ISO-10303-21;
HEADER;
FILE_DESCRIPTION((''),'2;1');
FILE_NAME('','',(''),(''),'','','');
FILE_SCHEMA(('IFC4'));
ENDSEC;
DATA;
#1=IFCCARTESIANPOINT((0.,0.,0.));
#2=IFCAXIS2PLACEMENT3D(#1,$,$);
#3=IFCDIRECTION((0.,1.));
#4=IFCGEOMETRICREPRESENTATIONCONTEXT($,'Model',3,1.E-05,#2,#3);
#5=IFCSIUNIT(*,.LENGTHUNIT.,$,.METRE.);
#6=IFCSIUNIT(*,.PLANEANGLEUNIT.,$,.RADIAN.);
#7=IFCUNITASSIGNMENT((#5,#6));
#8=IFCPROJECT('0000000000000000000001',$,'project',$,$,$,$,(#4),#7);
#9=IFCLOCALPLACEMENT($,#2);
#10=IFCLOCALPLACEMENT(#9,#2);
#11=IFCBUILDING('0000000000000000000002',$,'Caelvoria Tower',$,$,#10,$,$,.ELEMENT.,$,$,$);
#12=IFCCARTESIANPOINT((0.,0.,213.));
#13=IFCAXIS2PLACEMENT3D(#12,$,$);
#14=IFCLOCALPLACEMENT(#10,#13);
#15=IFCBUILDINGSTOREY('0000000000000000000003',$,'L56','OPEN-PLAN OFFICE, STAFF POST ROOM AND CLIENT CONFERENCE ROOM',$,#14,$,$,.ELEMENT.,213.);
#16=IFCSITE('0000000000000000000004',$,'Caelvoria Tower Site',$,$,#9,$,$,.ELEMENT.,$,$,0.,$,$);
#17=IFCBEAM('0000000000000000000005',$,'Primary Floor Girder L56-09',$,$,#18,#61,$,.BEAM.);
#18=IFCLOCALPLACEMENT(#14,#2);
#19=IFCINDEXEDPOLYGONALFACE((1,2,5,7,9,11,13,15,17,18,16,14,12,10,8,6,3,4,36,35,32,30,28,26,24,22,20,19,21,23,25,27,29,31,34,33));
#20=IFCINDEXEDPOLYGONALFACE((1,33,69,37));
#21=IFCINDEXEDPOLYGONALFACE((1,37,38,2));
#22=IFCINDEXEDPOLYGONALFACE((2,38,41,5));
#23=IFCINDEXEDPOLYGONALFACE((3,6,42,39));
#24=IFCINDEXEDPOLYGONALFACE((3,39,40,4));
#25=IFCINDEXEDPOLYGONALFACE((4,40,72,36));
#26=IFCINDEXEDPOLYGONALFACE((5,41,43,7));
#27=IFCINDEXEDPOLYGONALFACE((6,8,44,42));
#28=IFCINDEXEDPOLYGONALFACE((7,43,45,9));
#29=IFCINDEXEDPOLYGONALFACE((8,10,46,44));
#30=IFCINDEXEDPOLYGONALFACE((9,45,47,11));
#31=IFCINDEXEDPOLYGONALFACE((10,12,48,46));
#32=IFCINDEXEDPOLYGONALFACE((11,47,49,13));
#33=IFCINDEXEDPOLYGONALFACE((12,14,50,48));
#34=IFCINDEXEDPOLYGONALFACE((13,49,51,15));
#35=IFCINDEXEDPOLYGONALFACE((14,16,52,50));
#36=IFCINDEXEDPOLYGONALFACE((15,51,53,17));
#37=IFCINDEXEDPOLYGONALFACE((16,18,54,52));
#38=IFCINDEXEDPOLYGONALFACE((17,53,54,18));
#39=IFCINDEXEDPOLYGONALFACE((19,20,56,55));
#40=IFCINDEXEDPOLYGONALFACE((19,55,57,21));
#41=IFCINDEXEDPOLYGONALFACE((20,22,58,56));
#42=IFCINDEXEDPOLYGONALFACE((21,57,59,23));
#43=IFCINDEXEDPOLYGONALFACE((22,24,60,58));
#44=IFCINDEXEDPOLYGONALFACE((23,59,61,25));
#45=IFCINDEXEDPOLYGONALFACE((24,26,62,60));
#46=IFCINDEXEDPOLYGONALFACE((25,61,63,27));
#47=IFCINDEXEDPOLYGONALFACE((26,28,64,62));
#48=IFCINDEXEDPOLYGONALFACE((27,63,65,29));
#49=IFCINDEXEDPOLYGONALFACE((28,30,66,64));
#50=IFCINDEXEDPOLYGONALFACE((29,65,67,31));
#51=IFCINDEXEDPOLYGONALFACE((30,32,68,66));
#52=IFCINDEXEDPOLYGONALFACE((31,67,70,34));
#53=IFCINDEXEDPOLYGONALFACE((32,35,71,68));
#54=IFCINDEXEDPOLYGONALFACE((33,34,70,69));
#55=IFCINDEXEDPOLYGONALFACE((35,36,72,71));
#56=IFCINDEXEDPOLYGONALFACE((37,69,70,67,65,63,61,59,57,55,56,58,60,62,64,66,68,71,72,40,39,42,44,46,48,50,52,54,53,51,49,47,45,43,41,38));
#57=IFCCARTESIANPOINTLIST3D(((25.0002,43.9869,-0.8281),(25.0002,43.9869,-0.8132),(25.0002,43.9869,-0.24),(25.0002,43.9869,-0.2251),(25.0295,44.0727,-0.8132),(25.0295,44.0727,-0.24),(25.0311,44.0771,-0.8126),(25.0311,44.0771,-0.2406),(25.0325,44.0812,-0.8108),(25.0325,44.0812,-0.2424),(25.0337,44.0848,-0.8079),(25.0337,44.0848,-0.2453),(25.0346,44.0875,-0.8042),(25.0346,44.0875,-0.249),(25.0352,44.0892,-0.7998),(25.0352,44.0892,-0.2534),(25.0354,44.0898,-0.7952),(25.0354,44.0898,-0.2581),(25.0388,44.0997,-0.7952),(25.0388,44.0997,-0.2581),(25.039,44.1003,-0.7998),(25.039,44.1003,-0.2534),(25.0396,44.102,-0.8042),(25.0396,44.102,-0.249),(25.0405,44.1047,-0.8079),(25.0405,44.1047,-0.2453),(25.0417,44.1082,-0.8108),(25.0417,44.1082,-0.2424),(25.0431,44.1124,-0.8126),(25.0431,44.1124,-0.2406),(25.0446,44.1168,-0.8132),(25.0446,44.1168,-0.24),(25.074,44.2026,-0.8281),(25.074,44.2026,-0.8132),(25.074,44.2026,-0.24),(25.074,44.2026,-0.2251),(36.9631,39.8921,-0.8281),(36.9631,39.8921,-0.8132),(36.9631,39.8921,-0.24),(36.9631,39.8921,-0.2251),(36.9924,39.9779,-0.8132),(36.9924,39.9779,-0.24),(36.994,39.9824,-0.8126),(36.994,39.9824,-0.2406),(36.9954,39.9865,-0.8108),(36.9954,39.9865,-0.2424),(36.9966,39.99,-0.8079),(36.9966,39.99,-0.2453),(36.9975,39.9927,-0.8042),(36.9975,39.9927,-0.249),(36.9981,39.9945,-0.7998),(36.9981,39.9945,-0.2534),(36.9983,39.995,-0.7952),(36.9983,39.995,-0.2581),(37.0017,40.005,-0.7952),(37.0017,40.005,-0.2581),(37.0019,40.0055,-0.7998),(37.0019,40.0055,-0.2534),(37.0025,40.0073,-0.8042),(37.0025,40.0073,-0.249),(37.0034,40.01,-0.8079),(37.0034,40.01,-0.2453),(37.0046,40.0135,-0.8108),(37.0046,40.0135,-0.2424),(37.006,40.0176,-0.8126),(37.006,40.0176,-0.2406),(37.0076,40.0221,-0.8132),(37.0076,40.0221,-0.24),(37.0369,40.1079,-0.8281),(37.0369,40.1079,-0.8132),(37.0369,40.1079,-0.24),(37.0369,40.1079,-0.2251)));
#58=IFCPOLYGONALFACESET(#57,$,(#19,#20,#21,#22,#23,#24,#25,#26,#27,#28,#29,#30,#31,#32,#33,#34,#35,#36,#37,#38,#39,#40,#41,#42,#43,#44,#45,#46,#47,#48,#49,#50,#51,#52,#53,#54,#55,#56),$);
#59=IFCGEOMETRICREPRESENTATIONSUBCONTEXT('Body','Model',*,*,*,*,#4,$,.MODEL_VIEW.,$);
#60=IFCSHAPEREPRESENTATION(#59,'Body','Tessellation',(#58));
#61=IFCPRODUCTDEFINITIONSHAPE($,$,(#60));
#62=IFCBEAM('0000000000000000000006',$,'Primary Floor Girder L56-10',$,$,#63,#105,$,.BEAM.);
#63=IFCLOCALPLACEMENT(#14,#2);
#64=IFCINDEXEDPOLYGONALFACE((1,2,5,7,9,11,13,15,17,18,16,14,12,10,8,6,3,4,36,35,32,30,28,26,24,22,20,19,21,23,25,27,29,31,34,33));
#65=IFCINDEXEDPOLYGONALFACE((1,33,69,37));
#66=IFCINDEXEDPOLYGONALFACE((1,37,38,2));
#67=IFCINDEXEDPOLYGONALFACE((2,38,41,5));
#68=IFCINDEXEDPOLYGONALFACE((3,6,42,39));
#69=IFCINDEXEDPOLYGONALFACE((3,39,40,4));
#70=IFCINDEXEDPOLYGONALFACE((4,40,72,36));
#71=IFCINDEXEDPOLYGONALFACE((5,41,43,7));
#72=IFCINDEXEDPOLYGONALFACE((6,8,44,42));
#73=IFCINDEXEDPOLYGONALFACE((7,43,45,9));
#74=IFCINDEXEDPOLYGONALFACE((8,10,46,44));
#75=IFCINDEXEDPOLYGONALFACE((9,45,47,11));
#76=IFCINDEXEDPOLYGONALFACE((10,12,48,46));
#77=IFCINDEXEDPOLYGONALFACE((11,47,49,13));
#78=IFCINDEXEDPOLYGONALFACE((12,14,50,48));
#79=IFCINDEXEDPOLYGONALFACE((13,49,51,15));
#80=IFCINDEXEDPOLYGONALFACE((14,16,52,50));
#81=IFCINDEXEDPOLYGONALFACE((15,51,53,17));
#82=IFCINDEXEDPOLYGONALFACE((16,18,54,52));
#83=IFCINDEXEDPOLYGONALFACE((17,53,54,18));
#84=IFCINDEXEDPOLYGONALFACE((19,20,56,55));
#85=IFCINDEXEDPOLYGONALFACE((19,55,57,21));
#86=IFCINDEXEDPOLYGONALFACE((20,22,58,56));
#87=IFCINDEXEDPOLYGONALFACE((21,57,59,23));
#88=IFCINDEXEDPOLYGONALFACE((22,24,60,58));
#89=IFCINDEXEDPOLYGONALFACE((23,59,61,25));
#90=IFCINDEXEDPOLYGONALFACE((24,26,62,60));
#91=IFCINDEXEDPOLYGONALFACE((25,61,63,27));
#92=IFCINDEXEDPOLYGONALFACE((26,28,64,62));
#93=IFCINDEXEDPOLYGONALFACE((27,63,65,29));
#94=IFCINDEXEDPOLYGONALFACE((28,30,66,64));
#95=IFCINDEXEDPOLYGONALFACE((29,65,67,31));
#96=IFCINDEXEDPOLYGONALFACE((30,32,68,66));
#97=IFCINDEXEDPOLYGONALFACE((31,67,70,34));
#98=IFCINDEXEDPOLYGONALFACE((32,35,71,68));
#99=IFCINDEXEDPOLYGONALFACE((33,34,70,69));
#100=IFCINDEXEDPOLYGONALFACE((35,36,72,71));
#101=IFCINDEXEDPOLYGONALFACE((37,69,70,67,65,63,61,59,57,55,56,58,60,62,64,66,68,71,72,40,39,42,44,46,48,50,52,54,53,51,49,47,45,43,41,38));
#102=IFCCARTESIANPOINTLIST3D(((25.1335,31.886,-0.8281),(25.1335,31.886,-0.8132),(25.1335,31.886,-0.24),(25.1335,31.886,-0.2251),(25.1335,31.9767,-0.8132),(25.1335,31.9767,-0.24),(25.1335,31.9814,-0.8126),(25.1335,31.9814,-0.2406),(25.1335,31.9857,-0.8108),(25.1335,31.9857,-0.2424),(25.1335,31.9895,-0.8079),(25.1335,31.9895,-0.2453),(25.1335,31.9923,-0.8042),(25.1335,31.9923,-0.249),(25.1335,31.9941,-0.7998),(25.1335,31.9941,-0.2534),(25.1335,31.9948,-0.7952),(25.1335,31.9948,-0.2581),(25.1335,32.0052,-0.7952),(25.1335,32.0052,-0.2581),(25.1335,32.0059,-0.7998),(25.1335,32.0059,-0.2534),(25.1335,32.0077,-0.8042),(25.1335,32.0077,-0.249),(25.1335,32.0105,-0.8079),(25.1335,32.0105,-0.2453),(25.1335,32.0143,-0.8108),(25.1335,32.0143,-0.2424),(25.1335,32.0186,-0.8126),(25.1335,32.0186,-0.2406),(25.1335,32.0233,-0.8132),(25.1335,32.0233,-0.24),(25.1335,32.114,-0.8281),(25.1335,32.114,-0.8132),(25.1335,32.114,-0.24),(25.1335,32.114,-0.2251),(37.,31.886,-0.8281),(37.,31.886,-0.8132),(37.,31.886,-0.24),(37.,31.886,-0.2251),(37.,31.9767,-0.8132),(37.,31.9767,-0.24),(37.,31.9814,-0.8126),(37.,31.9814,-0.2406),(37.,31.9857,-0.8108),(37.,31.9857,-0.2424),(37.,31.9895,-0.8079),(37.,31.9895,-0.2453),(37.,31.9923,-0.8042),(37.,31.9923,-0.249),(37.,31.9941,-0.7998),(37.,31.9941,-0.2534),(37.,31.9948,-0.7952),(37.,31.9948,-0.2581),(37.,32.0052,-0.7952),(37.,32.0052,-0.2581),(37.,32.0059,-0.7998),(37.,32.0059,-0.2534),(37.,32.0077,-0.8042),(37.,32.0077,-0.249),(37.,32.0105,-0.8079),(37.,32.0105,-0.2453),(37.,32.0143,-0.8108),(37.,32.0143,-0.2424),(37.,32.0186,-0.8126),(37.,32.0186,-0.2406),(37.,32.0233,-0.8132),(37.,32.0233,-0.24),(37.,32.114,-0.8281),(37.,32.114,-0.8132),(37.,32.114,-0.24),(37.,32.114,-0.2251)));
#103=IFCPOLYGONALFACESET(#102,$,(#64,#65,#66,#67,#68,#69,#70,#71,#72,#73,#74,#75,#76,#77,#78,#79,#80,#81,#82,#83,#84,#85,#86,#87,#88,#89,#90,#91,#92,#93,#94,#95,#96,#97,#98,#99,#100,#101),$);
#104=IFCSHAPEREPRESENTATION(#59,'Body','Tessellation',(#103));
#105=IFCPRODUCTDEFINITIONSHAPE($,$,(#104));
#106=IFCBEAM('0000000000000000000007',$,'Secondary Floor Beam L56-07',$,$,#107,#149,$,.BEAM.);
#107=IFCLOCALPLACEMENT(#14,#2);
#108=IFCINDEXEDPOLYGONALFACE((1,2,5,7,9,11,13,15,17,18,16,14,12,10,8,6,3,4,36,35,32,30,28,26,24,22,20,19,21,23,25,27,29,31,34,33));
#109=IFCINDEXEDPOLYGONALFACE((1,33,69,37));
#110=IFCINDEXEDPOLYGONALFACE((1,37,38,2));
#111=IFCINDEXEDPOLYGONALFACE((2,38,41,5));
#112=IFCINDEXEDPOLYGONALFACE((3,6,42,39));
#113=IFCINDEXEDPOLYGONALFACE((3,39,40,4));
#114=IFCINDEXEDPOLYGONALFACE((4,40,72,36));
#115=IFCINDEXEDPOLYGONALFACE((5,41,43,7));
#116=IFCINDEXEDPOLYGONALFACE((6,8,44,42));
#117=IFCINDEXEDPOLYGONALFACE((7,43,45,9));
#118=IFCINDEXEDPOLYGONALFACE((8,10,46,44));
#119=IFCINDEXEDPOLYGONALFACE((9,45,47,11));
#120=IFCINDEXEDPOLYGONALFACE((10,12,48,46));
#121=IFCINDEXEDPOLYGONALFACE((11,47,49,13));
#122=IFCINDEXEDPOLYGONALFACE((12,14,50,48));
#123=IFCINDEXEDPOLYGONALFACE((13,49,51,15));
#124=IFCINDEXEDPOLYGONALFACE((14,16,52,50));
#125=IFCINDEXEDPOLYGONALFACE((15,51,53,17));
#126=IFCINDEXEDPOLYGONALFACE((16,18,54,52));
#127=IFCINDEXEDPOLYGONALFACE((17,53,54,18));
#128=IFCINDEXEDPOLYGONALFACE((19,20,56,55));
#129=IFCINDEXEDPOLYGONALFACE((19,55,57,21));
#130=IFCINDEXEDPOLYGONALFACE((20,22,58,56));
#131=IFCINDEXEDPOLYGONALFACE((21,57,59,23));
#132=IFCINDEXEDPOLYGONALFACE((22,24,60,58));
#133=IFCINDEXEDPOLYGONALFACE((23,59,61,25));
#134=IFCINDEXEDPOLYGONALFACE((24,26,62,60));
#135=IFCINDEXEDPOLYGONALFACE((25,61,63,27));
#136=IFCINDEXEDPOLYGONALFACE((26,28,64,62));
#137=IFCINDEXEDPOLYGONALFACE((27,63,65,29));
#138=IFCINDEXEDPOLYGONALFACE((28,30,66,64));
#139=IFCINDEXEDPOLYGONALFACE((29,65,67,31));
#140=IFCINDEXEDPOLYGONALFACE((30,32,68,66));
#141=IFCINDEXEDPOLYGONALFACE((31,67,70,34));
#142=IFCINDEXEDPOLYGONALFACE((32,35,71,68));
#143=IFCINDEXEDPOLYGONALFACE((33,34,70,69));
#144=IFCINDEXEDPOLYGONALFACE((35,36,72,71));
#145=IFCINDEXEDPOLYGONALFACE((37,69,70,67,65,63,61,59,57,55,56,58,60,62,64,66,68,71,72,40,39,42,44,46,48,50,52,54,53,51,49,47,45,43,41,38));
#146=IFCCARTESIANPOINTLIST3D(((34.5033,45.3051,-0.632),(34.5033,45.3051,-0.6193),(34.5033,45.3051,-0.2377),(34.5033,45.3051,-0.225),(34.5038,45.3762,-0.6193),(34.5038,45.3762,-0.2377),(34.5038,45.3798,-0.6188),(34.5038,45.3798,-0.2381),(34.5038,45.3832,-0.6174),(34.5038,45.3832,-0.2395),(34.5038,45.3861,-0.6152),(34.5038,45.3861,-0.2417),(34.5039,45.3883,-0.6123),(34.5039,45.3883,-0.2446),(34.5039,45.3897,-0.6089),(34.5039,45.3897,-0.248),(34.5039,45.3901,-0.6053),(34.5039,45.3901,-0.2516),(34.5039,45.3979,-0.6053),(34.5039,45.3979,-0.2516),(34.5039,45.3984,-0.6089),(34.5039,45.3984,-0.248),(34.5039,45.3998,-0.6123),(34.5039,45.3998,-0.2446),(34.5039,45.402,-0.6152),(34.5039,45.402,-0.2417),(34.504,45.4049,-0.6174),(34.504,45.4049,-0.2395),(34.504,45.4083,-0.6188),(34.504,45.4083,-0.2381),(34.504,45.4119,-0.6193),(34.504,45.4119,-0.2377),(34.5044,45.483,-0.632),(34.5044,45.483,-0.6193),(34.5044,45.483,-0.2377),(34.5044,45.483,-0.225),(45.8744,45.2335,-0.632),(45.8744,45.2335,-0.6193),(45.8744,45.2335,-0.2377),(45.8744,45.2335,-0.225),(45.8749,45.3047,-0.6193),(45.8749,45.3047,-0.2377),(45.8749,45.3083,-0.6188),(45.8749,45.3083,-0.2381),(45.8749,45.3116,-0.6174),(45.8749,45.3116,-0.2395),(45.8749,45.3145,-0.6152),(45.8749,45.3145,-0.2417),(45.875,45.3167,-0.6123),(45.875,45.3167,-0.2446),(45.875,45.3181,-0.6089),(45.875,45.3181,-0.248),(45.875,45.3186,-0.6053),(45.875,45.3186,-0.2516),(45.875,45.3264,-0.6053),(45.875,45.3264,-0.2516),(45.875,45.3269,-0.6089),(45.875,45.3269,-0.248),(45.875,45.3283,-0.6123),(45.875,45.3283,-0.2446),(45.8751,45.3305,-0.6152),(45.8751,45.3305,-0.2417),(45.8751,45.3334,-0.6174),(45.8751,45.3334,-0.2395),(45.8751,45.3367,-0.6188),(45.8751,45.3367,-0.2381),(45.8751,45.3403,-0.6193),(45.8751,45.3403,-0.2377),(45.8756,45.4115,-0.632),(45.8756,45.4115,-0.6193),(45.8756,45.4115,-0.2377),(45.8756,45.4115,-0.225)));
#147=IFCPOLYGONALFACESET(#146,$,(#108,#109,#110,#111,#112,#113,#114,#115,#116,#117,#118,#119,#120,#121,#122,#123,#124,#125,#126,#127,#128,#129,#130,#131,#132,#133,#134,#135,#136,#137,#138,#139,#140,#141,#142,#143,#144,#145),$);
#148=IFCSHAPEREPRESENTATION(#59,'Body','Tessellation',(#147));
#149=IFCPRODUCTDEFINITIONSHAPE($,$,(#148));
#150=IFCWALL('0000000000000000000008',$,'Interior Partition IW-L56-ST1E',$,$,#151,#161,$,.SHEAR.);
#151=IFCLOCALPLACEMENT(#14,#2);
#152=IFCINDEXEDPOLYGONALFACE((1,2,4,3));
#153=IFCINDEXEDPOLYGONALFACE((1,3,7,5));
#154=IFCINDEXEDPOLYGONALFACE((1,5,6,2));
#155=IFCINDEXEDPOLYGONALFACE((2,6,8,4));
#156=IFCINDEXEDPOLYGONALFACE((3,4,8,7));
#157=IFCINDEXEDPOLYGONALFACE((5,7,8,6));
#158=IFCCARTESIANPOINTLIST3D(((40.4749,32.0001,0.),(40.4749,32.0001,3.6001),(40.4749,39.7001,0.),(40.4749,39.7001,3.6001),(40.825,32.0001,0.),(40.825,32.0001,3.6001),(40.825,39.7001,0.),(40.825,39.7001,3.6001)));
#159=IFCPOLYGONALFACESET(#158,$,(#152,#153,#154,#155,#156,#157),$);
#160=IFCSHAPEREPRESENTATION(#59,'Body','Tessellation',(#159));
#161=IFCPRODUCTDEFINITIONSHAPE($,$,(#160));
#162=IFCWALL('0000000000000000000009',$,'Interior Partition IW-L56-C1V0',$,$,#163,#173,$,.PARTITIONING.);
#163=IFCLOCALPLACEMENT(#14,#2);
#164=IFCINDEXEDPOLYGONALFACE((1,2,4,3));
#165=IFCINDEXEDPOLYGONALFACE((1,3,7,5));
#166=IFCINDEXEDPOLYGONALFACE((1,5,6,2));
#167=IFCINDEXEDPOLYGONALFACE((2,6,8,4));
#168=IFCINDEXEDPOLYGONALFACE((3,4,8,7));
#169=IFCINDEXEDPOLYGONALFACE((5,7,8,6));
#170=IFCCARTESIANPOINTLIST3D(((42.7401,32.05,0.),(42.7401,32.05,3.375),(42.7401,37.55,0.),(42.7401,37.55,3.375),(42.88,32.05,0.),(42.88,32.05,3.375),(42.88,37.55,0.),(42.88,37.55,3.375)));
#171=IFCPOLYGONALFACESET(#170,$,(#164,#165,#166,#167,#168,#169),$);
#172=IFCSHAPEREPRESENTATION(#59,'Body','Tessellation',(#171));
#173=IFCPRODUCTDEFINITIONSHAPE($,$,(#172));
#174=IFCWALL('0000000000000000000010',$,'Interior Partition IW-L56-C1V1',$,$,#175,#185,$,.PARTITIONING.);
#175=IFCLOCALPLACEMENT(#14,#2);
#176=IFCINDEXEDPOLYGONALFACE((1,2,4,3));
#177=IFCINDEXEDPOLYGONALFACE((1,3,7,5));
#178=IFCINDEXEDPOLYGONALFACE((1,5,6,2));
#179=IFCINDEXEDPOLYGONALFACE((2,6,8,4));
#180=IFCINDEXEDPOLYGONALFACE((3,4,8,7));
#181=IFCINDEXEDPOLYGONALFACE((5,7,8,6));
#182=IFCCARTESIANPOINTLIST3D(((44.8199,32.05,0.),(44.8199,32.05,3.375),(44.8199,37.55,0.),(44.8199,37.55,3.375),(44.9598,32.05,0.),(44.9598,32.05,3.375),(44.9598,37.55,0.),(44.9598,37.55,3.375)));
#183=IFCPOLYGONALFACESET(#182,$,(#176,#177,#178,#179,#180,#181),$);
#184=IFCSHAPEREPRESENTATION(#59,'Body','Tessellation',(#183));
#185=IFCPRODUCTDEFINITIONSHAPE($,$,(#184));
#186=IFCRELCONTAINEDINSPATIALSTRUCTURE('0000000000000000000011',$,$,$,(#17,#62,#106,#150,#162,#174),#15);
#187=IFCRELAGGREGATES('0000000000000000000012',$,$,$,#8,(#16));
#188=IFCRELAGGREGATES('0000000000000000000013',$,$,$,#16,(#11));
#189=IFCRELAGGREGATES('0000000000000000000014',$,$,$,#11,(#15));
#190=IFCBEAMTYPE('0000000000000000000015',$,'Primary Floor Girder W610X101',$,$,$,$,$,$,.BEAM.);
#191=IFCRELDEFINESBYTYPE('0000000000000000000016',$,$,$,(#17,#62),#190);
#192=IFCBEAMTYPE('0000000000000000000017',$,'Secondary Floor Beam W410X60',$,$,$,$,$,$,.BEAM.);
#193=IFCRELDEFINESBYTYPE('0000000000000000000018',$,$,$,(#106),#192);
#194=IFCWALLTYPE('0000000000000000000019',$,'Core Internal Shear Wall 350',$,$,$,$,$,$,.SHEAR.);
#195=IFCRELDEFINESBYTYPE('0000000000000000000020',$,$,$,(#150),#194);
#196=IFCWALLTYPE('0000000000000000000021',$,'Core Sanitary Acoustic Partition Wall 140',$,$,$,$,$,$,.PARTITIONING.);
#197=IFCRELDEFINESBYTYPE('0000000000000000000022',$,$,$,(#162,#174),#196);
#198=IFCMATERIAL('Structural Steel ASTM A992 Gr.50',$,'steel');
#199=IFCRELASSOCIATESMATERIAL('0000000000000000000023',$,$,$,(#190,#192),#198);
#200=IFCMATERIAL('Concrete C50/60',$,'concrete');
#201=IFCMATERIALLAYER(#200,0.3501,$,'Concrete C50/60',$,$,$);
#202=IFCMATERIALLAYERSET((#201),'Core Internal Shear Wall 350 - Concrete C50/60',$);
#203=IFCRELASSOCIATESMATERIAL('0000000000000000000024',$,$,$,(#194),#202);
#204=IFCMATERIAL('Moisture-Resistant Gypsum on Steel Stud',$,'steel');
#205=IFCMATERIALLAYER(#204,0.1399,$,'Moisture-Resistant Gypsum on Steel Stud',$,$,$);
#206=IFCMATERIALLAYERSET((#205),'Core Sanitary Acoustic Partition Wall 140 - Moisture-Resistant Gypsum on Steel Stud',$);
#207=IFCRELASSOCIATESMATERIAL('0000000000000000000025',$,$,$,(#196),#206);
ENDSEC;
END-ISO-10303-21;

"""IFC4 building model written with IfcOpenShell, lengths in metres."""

from ifc_helpers import new_model, si_unit, direction, frame, frame_2d, origin, origin_2d, place, context, subcontext, project, spatial, rectangle, i_section, extrude, material, layer, layer_set, material_profile, profile_set, type_object, element, save


model = new_model("IFC4")

# Units and contexts
model_context = context("Model", 3, precision=1e-05, world=origin(), true_north=direction((0.0, 1.0)))
body_context = subcontext(model_context, "Body", "Model", "MODEL_VIEW")
ifc_project = project(units=[si_unit("LENGTHUNIT", "METRE"), si_unit("PLANEANGLEUNIT", "RADIAN")], contexts=[model_context])

# Site, building, storey
site_placement = place(None, origin())
site = spatial("IfcSite", under=ifc_project, at=site_placement, Name="Caelvoria Tower Site", CompositionType="ELEMENT", RefElevation=0.0)
building_placement = place(site_placement, origin())
building = spatial("IfcBuilding", under=site, at=building_placement, Name="Caelvoria Tower", CompositionType="ELEMENT")
storey_placement = place(building_placement, frame((0.0, 0.0, 213.0)))
storey = spatial("IfcBuildingStorey", under=building, at=storey_placement, Name="L56", Description="OPEN-PLAN OFFICE, STAFF POST ROOM AND CLIENT CONFERENCE ROOM", CompositionType="ELEMENT", Elevation=213.0)

# Shared definitions
ifc_material_1 = material(Name="Structural Steel ASTM A992 Gr.50", Category="steel")

# Beams
ifc_material_profile_1 = material_profile(ifc_material_1, i_section(OverallWidth=0.228, OverallDepth=0.603, WebThickness=0.0105, FlangeThickness=0.0149, FilletRadius=0.0181, at=origin_2d()), Name="Structural Steel ASTM A992 Gr.50")
ifc_profile_set_1 = profile_set([ifc_material_profile_1], Name="W610X101 - Structural Steel ASTM A992 Gr.50")
beam_type_1 = type_object("IfcBeamType", Name="Primary Floor Girder W610X101", PredefinedType="BEAM", material=ifc_profile_set_1)
beam_1_placement = place(storey_placement, frame((37.0, 40.0, -0.5266), z_axis=(-0.946112, 0.323841, 0.0), x_axis=(-0.323841, -0.946112, 0.0)))
element("IfcBeam", 1, at=beam_1_placement, inside=storey, type_object=beam_type_1, Name="Primary Floor Girder L56-09", PredefinedType="BEAM", context=body_context, shape_type="SweptSolid", body=[
    extrude(i_section(OverallWidth=0.228, OverallDepth=0.603, WebThickness=0.0105, FlangeThickness=0.0149, FilletRadius=0.0181, at=origin_2d()), origin(), (0.0, 0.0, 1.0), 12.6443),
])
beam_2_placement = place(storey_placement, frame((37.0, 32.0, -0.5266), z_axis=(-1.0, 0.0, 0.0), x_axis=(0.0, -1.0, 0.0)))
element("IfcBeam", 2, at=beam_2_placement, inside=storey, type_object=beam_type_1, Name="Primary Floor Girder L56-10", PredefinedType="BEAM", context=body_context, shape_type="SweptSolid", body=[
    extrude(i_section(OverallWidth=0.228, OverallDepth=0.603, WebThickness=0.0105, FlangeThickness=0.0149, FilletRadius=0.0181, at=origin_2d()), origin(), (0.0, 0.0, 1.0), 11.8665),
])
ifc_material_profile_2 = material_profile(ifc_material_1, i_section(OverallWidth=0.178, OverallDepth=0.407, WebThickness=0.0078, FlangeThickness=0.0127, FilletRadius=0.0139, at=origin_2d()), Name="Structural Steel ASTM A992 Gr.50")
ifc_profile_set_2 = profile_set([ifc_material_profile_2], Name="W410X60 - Structural Steel ASTM A992 Gr.50")
beam_type_2 = type_object("IfcBeamType", Name="Secondary Floor Beam W410X60", PredefinedType="BEAM", material=ifc_profile_set_2)
beam_3_placement = place(storey_placement, frame((45.875, 45.3225, -0.4285), z_axis=(-0.99998, 0.006291, 0.0), x_axis=(-0.006291, -0.99998, 0.0)))
element("IfcBeam", 3, at=beam_3_placement, inside=storey, type_object=beam_type_2, Name="Secondary Floor Beam L56-07", PredefinedType="BEAM", context=body_context, shape_type="SweptSolid", body=[
    extrude(i_section(OverallWidth=0.178, OverallDepth=0.407, WebThickness=0.0078, FlangeThickness=0.0127, FilletRadius=0.0139, at=origin_2d()), origin(), (0.0, 0.0, 1.0), 11.3713),
])

# Walls
ifc_material_2 = material(Name="Concrete C50/60", Category="concrete")
ifc_layer_1 = layer(ifc_material_2, 0.3501, Name="Concrete C50/60")
ifc_layer_set_1 = layer_set([ifc_layer_1], Name="Core Internal Shear Wall 350 - Concrete C50/60")
wall_type_1 = type_object("IfcWallType", Name="Core Internal Shear Wall 350", PredefinedType="SHEAR", material=ifc_layer_set_1)
wall_1_placement = place(storey_placement, frame((40.6499, 32.0, 0.0), z_axis=(0.0, 0.0, 1.0), x_axis=(0.0, 1.0, 0.0)))
element("IfcWall", 4, at=wall_1_placement, inside=storey, type_object=wall_type_1, Name="Interior Partition IW-L56-ST1E", PredefinedType="SHEAR", context=body_context, shape_type="SweptSolid", body=[
    extrude(rectangle(XDim=7.7, YDim=0.3501, at=frame_2d((3.8501, 0.0))), origin(), (0.0, 0.0, 1.0), 3.6001),
])
ifc_material_3 = material(Name="Moisture-Resistant Gypsum on Steel Stud", Category="steel")
ifc_layer_2 = layer(ifc_material_3, 0.1399, Name="Moisture-Resistant Gypsum on Steel Stud")
ifc_layer_set_2 = layer_set([ifc_layer_2], Name="Core Sanitary Acoustic Partition Wall 140 - Moisture-Resistant Gypsum on Steel Stud")
wall_type_2 = type_object("IfcWallType", Name="Core Sanitary Acoustic Partition Wall 140", PredefinedType="PARTITIONING", material=ifc_layer_set_2)
for number, where, z_axis, x_axis, name in (
    (5, (42.8101, 32.05, 0.0), (0.0, 0.0, 1.0), (0.0, 1.0, 0.0), "Interior Partition IW-L56-C1V0"),
    (6, (44.8899, 32.05, 0.0), (0.0, 0.0, 1.0), (0.0, 1.0, 0.0), "Interior Partition IW-L56-C1V1"),
):
    element("IfcWall", number, at=place(storey_placement, frame(where, z_axis=z_axis, x_axis=x_axis)), inside=storey, type_object=wall_type_2, Name=name, PredefinedType="PARTITIONING", context=body_context, shape_type="SweptSolid", body=[
        extrude(rectangle(XDim=5.5, YDim=0.1399, at=frame_2d((2.75, 0.0))), origin(), (0.0, 0.0, 1.0), 3.375),
    ])

save(model, "model.ifc")
